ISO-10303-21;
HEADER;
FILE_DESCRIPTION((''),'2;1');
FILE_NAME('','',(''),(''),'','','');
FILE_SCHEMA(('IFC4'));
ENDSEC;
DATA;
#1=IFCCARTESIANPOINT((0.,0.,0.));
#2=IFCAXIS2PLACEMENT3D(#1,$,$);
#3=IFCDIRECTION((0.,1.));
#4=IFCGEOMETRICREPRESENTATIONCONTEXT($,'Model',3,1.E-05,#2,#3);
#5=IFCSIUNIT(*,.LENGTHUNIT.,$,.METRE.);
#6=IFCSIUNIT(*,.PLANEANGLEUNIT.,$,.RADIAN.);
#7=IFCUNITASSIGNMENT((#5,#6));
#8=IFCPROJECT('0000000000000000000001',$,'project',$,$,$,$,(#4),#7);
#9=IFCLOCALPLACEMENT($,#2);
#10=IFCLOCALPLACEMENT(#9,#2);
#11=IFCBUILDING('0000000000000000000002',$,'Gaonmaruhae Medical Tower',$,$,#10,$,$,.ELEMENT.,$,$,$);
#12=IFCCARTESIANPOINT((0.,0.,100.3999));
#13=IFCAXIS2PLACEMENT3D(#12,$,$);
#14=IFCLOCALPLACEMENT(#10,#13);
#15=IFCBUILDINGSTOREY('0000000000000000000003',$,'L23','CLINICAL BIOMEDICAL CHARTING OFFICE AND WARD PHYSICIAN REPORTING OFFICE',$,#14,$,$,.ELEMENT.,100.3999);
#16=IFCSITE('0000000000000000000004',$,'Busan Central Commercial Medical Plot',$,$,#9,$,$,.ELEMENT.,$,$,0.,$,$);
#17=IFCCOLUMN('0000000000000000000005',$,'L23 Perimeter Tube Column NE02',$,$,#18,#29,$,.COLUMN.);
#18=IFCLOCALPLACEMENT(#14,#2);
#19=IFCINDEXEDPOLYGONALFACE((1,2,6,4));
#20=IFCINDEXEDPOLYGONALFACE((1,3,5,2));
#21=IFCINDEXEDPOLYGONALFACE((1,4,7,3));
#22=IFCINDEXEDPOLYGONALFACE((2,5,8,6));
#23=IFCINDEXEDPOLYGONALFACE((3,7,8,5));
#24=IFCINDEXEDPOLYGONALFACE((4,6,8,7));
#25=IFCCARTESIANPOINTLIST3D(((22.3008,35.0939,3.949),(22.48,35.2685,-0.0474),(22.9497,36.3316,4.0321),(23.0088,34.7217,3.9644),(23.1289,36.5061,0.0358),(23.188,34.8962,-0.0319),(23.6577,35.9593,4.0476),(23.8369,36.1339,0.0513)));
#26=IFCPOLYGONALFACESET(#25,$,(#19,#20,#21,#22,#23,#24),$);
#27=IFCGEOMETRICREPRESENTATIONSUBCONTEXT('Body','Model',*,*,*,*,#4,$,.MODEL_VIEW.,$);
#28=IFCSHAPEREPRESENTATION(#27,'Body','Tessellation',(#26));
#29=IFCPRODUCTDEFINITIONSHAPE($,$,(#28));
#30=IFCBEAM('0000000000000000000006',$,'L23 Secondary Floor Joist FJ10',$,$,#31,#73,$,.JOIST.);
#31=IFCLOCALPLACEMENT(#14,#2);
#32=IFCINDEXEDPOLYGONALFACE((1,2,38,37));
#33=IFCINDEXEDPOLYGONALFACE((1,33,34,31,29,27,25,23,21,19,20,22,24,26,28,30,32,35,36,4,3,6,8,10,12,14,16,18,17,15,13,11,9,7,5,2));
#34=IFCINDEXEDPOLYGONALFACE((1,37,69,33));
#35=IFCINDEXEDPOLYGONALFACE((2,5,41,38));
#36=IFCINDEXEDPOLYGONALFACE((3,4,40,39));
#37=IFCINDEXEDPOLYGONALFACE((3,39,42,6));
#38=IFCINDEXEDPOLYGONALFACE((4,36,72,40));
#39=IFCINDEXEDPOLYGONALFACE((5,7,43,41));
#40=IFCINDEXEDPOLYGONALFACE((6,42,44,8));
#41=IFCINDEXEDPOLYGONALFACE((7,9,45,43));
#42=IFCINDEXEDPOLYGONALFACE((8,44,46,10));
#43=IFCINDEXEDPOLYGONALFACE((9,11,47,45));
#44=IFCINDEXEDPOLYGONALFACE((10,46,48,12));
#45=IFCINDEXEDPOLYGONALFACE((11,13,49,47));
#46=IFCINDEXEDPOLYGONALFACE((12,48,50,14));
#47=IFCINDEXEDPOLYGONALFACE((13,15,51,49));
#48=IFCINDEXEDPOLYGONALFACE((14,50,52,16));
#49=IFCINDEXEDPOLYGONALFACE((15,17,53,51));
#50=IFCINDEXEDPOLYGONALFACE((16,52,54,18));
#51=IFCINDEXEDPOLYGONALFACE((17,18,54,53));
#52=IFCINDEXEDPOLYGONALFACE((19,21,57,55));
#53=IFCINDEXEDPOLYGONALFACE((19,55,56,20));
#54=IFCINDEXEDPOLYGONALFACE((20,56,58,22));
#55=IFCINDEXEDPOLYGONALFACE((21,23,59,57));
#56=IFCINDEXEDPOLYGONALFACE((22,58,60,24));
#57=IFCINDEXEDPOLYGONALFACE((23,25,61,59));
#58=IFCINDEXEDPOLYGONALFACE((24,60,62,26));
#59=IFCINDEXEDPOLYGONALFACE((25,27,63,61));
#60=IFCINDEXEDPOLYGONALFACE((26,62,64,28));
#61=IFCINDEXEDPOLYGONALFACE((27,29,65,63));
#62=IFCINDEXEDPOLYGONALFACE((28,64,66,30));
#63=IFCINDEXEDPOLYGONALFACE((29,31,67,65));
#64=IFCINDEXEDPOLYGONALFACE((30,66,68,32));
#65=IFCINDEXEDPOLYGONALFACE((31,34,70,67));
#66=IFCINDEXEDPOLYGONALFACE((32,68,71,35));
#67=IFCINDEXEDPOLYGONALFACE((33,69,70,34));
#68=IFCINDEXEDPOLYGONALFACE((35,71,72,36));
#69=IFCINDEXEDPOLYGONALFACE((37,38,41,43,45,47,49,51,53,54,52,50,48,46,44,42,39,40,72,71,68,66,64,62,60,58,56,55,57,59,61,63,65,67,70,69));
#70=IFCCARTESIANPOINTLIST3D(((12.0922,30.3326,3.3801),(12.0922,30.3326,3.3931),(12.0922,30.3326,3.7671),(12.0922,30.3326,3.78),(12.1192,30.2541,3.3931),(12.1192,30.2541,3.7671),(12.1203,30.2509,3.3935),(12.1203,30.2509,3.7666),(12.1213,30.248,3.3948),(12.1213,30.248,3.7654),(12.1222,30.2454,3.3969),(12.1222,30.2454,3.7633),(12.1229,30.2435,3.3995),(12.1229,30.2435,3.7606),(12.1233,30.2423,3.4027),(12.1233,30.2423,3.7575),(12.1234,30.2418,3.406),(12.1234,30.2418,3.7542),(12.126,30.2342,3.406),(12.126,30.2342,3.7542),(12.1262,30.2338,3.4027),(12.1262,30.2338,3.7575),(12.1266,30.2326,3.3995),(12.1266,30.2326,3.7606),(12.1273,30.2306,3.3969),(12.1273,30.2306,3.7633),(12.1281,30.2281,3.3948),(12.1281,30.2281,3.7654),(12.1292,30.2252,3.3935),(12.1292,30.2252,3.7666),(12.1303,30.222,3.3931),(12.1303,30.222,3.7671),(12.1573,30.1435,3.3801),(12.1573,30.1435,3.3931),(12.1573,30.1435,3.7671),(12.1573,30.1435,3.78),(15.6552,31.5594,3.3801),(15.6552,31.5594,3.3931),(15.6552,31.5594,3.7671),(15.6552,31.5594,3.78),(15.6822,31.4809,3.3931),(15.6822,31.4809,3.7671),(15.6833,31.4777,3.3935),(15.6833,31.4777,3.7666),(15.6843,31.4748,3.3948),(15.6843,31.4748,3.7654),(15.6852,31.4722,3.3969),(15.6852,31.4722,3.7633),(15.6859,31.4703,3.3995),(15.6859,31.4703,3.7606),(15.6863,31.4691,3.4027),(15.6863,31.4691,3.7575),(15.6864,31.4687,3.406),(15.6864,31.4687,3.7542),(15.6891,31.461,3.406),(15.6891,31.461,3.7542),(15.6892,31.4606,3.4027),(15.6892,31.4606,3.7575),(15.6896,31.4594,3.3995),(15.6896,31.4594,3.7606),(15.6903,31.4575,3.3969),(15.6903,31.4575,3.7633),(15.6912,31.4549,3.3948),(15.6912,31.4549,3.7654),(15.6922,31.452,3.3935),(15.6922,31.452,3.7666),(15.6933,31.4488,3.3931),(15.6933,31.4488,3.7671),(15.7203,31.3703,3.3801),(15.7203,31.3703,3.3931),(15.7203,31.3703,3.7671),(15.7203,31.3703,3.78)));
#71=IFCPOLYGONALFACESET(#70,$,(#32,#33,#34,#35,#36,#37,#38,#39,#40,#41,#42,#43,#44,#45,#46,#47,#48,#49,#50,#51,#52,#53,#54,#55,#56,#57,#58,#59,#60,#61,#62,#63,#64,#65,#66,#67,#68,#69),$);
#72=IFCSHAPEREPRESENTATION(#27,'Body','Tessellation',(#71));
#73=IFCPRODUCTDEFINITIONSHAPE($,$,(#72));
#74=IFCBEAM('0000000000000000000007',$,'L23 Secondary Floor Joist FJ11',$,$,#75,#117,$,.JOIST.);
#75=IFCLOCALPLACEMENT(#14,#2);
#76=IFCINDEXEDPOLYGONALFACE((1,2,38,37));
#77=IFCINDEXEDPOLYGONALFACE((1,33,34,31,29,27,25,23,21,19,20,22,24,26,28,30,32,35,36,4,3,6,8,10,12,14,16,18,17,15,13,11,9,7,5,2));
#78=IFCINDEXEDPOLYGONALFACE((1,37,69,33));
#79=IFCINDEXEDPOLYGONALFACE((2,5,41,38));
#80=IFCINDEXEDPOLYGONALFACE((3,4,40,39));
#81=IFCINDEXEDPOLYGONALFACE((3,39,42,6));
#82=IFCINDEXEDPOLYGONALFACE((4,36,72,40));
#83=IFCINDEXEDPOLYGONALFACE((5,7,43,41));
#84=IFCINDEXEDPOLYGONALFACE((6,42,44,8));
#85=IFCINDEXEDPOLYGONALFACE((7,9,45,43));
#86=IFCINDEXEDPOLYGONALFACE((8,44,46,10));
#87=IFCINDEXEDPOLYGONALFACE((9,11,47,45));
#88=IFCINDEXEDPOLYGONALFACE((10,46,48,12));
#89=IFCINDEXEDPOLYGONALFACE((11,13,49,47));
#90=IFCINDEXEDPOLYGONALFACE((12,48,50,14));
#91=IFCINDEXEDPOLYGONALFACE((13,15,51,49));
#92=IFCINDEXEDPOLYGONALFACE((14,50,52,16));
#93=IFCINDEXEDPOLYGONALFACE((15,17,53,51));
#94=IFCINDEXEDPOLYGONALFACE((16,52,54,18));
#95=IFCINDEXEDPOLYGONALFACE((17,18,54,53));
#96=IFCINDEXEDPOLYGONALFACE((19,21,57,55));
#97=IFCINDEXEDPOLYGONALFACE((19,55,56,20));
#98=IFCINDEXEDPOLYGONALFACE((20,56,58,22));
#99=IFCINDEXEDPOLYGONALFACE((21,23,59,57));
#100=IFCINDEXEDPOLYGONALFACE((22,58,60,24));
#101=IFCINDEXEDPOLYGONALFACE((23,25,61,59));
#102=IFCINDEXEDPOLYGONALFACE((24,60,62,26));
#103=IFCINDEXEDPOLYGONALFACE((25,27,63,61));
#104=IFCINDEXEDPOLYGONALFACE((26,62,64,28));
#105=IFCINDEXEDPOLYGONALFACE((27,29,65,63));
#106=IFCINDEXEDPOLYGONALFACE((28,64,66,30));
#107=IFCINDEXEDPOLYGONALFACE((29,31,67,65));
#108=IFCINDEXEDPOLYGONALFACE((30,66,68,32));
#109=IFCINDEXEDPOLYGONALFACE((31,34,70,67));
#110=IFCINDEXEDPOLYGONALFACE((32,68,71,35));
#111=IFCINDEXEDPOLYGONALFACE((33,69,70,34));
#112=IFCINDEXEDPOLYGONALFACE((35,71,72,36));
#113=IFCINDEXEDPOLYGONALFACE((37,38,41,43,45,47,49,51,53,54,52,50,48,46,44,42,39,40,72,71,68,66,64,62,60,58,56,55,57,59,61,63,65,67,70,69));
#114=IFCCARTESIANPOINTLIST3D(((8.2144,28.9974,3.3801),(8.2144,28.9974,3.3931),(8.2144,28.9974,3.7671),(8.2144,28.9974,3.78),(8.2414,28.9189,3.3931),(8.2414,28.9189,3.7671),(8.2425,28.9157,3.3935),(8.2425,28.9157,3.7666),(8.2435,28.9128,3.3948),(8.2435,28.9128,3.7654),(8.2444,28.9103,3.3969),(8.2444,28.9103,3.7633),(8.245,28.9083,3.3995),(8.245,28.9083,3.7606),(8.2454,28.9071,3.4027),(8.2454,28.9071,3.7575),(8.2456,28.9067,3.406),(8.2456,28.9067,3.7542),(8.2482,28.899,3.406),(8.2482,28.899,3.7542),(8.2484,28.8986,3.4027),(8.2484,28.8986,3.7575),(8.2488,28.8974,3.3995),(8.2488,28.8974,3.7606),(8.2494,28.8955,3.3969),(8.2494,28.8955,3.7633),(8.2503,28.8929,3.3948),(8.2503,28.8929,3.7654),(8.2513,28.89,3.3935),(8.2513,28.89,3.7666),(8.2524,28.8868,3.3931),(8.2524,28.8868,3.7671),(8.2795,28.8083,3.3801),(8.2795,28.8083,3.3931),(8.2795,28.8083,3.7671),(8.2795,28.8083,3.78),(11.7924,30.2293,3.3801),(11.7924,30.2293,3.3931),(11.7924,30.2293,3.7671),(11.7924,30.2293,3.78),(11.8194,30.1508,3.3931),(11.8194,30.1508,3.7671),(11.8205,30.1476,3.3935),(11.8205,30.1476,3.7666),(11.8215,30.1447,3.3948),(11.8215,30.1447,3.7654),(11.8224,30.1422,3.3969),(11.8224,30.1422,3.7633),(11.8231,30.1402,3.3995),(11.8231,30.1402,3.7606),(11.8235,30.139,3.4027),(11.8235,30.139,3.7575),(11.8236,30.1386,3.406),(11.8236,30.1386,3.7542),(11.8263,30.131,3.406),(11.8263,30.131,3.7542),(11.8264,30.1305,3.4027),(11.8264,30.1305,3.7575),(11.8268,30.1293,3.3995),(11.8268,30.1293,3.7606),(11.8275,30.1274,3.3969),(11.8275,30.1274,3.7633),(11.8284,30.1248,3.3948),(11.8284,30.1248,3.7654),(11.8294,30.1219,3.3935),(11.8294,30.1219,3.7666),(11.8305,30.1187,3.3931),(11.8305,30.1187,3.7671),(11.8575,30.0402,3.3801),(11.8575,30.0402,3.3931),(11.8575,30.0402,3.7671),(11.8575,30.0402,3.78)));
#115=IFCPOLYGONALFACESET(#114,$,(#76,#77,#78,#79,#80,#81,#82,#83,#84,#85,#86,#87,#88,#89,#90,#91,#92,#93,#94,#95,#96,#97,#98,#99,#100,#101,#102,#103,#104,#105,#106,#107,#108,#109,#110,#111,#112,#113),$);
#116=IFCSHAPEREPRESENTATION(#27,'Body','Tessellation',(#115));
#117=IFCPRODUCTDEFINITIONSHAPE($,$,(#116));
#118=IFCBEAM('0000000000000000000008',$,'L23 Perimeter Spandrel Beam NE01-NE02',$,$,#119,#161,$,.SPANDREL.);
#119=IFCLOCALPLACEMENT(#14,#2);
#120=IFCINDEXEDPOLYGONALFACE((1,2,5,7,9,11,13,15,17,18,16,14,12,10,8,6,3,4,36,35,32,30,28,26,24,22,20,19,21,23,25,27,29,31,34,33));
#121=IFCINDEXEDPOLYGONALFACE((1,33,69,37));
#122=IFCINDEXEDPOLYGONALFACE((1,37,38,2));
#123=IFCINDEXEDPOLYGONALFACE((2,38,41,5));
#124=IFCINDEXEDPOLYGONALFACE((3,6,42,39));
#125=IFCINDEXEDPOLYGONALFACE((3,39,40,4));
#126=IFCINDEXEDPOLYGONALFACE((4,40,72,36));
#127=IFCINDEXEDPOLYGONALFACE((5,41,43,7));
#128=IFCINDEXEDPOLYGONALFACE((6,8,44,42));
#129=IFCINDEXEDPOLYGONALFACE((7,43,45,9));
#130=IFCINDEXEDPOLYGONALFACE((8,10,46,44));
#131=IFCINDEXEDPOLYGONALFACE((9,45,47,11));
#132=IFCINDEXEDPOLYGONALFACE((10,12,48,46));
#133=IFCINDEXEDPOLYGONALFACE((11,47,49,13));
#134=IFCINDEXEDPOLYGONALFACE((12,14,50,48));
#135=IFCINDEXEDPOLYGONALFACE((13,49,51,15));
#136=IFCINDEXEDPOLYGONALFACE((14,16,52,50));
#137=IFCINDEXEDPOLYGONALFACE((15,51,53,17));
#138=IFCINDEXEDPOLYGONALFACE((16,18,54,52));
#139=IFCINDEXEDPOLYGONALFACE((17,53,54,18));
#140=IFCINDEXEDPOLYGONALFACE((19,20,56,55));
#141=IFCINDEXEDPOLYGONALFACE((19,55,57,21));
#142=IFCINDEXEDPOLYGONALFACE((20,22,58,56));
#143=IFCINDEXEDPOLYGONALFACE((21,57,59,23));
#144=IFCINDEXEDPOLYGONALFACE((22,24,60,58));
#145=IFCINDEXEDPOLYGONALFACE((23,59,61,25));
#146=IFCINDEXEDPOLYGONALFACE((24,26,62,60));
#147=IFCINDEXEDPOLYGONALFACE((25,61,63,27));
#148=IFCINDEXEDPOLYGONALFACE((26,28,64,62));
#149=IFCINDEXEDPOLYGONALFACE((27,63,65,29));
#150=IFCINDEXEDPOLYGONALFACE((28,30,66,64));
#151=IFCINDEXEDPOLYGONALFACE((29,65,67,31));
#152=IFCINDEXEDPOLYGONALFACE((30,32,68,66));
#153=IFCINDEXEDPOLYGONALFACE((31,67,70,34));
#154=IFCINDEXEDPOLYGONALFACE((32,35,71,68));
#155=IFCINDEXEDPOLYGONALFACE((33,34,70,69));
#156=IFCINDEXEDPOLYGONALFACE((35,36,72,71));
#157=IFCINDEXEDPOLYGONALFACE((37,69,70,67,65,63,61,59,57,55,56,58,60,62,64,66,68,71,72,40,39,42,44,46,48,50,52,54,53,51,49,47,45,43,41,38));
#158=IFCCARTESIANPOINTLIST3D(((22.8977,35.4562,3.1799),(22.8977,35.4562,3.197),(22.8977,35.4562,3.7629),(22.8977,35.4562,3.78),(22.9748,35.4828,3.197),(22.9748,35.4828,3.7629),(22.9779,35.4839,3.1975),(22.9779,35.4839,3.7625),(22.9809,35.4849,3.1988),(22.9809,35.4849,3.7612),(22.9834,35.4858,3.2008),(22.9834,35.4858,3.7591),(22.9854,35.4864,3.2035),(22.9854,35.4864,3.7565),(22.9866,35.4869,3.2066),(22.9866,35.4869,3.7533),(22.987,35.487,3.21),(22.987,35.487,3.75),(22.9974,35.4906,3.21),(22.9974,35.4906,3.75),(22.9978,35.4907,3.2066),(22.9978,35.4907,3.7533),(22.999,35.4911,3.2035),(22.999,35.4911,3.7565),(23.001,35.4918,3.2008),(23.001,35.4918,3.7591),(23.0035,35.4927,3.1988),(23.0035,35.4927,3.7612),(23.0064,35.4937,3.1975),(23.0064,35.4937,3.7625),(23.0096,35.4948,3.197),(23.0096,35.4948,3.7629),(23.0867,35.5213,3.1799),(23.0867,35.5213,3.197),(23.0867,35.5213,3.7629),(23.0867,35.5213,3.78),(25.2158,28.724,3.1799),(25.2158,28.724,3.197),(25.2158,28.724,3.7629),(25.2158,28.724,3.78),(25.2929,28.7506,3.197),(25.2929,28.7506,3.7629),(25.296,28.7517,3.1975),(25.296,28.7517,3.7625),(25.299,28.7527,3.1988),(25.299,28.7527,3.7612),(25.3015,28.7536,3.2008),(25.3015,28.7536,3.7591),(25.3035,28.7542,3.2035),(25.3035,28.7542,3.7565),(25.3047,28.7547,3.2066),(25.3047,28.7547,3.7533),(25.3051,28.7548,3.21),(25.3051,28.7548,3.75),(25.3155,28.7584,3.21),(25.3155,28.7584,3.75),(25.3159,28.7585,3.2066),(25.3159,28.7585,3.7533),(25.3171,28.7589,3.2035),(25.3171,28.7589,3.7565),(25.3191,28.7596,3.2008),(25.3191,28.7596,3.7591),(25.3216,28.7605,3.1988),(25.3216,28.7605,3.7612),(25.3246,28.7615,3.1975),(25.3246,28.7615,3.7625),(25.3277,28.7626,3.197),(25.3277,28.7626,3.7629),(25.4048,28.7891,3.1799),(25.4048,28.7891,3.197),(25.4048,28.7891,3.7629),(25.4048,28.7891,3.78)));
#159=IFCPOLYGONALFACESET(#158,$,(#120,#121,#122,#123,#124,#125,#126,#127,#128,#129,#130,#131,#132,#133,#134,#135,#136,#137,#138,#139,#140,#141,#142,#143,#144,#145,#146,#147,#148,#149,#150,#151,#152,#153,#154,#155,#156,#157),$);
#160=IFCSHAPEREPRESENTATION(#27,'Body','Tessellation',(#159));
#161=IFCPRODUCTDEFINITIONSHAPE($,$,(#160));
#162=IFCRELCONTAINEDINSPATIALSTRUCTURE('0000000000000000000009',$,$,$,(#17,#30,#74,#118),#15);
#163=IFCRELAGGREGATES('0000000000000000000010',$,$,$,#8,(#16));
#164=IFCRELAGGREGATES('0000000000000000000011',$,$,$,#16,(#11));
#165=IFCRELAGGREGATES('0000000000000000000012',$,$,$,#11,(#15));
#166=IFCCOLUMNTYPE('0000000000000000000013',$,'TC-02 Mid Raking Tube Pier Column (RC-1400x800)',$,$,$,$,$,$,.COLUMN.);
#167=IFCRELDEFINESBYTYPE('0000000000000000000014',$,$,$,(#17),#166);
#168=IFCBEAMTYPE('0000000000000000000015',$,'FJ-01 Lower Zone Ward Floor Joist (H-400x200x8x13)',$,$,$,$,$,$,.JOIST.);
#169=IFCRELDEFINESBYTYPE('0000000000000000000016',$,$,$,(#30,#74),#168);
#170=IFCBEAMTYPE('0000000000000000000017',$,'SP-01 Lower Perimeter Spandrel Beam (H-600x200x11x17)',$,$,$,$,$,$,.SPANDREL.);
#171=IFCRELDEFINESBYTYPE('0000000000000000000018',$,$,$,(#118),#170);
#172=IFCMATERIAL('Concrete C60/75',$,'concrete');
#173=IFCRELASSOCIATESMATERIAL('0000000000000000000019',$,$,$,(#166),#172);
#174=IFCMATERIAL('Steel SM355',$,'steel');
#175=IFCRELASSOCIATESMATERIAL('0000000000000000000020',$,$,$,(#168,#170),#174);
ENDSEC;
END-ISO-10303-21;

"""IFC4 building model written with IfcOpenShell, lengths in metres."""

from ifc_helpers import new_model, si_unit, direction, frame, origin, origin_2d, place, context, subcontext, project, spatial, rectangle, i_section, extrude, material, material_profile, profile_set, type_object, element, save


model = new_model("IFC4")

# Units and contexts
model_context = context("Model", 3, precision=1e-05, world=origin(), true_north=direction((0.0, 1.0)))
body_context = subcontext(model_context, "Body", "Model", "MODEL_VIEW")
ifc_project = project(units=[si_unit("LENGTHUNIT", "METRE"), si_unit("PLANEANGLEUNIT", "RADIAN")], contexts=[model_context])

# Site, building, storey
site_placement = place(None, origin())
site = spatial("IfcSite", under=ifc_project, at=site_placement, Name="Busan Central Commercial Medical Plot", CompositionType="ELEMENT", RefElevation=0.0)
building_placement = place(site_placement, origin())
building = spatial("IfcBuilding", under=site, at=building_placement, Name="Gaonmaruhae Medical Tower", CompositionType="ELEMENT")
storey_placement = place(building_placement, frame((0.0, 0.0, 100.3999)))
storey = spatial("IfcBuildingStorey", under=building, at=storey_placement, Name="L23", Description="CLINICAL BIOMEDICAL CHARTING OFFICE AND WARD PHYSICIAN REPORTING OFFICE", CompositionType="ELEMENT", Elevation=100.3999)

# Column
ifc_material_1 = material(Name="Concrete C60/75", Category="concrete")
ifc_material_profile_1 = material_profile(ifc_material_1, rectangle(XDim=1.3999, YDim=0.8, at=origin_2d()), Name="RC-1400x800")
ifc_profile_set_1 = profile_set([ifc_material_profile_1], Name="Concrete C60/75")
column_type = type_object("IfcColumnType", Name="TC-02 Mid Raking Tube Pier Column (RC-1400x800)", PredefinedType="COLUMN", material=ifc_profile_set_1)
column_placement = place(storey_placement, frame((23.1584, 35.7012, 0.002), z_axis=(-0.044753, -0.043595, 0.998046), x_axis=(0.463531, 0.884087, 0.059402)))
element("IfcColumn", 1, at=column_placement, inside=storey, type_object=column_type, Name="L23 Perimeter Tube Column NE02", PredefinedType="COLUMN", context=body_context, shape_type="SweptSolid", body=[
    extrude(rectangle(XDim=1.3999, YDim=0.8, at=origin_2d()), origin(), (0.0, 0.0, 1.0), 4.0042),
])

# Beams
ifc_material_2 = material(Name="Steel SM355", Category="steel")
ifc_material_profile_2 = material_profile(ifc_material_2, i_section(OverallWidth=0.2, OverallDepth=0.3999, WebThickness=0.0081, FlangeThickness=0.0129, FilletRadius=0.0129, at=origin_2d()), Name="H-400x200x8x13")
ifc_profile_set_2 = profile_set([ifc_material_profile_2], Name="Steel SM355")
beam_type_1 = type_object("IfcBeamType", Name="FJ-01 Lower Zone Ward Floor Joist (H-400x200x8x13)", PredefinedType="JOIST", material=ifc_profile_set_2)
beam_1_placement = place(storey_placement, frame((15.6877, 31.4648, 3.5801), z_axis=(-0.945521, -0.325561, 0.0), x_axis=(0.325561, -0.945521, 0.0)))
element("IfcBeam", 2, at=beam_1_placement, inside=storey, type_object=beam_type_1, Name="L23 Secondary Floor Joist FJ10", PredefinedType="JOIST", context=body_context, shape_type="SweptSolid", body=[
    extrude(i_section(OverallWidth=0.2, OverallDepth=0.3999, WebThickness=0.0081, FlangeThickness=0.0129, FilletRadius=0.0129, at=origin_2d()), origin(), (0.0, 0.0, 1.0), 3.7683),
])
beam_2_placement = place(storey_placement, frame((11.825, 30.1348, 3.5801), z_axis=(-0.945528, -0.325541, 0.0), x_axis=(0.325541, -0.945528, 0.0)))
element("IfcBeam", 3, at=beam_2_placement, inside=storey, type_object=beam_type_1, Name="L23 Secondary Floor Joist FJ11", PredefinedType="JOIST", context=body_context, shape_type="SweptSolid", body=[
    extrude(i_section(OverallWidth=0.2, OverallDepth=0.3999, WebThickness=0.0081, FlangeThickness=0.0129, FilletRadius=0.0129, at=origin_2d()), origin(), (0.0, 0.0, 1.0), 3.7842),
])
ifc_material_profile_3 = material_profile(ifc_material_2, i_section(OverallWidth=0.2, OverallDepth=0.6001, WebThickness=0.011, FlangeThickness=0.0171, FilletRadius=0.0129, at=origin_2d()), Name="H-600x200x11x17")
ifc_profile_set_3 = profile_set([ifc_material_profile_3], Name="Steel SM355")
beam_type_2 = type_object("IfcBeamType", Name="SP-01 Lower Perimeter Spandrel Beam (H-600x200x11x17)", PredefinedType="SPANDREL", material=ifc_profile_set_3)
beam_3_placement = place(storey_placement, frame((25.3103, 28.7566, 3.48), z_axis=(-0.325573, 0.945517, 0.0), x_axis=(-0.945517, -0.325573, 0.0)))
element("IfcBeam", 4, at=beam_3_placement, inside=storey, type_object=beam_type_2, Name="L23 Perimeter Spandrel Beam NE01-NE02", PredefinedType="SPANDREL", context=body_context, shape_type="SweptSolid", body=[
    extrude(i_section(OverallWidth=0.2, OverallDepth=0.6001, WebThickness=0.011, FlangeThickness=0.0171, FilletRadius=0.0129, at=origin_2d()), origin(), (0.0, 0.0, 1.0), 7.1201),
])

save(model, "model.ifc")
